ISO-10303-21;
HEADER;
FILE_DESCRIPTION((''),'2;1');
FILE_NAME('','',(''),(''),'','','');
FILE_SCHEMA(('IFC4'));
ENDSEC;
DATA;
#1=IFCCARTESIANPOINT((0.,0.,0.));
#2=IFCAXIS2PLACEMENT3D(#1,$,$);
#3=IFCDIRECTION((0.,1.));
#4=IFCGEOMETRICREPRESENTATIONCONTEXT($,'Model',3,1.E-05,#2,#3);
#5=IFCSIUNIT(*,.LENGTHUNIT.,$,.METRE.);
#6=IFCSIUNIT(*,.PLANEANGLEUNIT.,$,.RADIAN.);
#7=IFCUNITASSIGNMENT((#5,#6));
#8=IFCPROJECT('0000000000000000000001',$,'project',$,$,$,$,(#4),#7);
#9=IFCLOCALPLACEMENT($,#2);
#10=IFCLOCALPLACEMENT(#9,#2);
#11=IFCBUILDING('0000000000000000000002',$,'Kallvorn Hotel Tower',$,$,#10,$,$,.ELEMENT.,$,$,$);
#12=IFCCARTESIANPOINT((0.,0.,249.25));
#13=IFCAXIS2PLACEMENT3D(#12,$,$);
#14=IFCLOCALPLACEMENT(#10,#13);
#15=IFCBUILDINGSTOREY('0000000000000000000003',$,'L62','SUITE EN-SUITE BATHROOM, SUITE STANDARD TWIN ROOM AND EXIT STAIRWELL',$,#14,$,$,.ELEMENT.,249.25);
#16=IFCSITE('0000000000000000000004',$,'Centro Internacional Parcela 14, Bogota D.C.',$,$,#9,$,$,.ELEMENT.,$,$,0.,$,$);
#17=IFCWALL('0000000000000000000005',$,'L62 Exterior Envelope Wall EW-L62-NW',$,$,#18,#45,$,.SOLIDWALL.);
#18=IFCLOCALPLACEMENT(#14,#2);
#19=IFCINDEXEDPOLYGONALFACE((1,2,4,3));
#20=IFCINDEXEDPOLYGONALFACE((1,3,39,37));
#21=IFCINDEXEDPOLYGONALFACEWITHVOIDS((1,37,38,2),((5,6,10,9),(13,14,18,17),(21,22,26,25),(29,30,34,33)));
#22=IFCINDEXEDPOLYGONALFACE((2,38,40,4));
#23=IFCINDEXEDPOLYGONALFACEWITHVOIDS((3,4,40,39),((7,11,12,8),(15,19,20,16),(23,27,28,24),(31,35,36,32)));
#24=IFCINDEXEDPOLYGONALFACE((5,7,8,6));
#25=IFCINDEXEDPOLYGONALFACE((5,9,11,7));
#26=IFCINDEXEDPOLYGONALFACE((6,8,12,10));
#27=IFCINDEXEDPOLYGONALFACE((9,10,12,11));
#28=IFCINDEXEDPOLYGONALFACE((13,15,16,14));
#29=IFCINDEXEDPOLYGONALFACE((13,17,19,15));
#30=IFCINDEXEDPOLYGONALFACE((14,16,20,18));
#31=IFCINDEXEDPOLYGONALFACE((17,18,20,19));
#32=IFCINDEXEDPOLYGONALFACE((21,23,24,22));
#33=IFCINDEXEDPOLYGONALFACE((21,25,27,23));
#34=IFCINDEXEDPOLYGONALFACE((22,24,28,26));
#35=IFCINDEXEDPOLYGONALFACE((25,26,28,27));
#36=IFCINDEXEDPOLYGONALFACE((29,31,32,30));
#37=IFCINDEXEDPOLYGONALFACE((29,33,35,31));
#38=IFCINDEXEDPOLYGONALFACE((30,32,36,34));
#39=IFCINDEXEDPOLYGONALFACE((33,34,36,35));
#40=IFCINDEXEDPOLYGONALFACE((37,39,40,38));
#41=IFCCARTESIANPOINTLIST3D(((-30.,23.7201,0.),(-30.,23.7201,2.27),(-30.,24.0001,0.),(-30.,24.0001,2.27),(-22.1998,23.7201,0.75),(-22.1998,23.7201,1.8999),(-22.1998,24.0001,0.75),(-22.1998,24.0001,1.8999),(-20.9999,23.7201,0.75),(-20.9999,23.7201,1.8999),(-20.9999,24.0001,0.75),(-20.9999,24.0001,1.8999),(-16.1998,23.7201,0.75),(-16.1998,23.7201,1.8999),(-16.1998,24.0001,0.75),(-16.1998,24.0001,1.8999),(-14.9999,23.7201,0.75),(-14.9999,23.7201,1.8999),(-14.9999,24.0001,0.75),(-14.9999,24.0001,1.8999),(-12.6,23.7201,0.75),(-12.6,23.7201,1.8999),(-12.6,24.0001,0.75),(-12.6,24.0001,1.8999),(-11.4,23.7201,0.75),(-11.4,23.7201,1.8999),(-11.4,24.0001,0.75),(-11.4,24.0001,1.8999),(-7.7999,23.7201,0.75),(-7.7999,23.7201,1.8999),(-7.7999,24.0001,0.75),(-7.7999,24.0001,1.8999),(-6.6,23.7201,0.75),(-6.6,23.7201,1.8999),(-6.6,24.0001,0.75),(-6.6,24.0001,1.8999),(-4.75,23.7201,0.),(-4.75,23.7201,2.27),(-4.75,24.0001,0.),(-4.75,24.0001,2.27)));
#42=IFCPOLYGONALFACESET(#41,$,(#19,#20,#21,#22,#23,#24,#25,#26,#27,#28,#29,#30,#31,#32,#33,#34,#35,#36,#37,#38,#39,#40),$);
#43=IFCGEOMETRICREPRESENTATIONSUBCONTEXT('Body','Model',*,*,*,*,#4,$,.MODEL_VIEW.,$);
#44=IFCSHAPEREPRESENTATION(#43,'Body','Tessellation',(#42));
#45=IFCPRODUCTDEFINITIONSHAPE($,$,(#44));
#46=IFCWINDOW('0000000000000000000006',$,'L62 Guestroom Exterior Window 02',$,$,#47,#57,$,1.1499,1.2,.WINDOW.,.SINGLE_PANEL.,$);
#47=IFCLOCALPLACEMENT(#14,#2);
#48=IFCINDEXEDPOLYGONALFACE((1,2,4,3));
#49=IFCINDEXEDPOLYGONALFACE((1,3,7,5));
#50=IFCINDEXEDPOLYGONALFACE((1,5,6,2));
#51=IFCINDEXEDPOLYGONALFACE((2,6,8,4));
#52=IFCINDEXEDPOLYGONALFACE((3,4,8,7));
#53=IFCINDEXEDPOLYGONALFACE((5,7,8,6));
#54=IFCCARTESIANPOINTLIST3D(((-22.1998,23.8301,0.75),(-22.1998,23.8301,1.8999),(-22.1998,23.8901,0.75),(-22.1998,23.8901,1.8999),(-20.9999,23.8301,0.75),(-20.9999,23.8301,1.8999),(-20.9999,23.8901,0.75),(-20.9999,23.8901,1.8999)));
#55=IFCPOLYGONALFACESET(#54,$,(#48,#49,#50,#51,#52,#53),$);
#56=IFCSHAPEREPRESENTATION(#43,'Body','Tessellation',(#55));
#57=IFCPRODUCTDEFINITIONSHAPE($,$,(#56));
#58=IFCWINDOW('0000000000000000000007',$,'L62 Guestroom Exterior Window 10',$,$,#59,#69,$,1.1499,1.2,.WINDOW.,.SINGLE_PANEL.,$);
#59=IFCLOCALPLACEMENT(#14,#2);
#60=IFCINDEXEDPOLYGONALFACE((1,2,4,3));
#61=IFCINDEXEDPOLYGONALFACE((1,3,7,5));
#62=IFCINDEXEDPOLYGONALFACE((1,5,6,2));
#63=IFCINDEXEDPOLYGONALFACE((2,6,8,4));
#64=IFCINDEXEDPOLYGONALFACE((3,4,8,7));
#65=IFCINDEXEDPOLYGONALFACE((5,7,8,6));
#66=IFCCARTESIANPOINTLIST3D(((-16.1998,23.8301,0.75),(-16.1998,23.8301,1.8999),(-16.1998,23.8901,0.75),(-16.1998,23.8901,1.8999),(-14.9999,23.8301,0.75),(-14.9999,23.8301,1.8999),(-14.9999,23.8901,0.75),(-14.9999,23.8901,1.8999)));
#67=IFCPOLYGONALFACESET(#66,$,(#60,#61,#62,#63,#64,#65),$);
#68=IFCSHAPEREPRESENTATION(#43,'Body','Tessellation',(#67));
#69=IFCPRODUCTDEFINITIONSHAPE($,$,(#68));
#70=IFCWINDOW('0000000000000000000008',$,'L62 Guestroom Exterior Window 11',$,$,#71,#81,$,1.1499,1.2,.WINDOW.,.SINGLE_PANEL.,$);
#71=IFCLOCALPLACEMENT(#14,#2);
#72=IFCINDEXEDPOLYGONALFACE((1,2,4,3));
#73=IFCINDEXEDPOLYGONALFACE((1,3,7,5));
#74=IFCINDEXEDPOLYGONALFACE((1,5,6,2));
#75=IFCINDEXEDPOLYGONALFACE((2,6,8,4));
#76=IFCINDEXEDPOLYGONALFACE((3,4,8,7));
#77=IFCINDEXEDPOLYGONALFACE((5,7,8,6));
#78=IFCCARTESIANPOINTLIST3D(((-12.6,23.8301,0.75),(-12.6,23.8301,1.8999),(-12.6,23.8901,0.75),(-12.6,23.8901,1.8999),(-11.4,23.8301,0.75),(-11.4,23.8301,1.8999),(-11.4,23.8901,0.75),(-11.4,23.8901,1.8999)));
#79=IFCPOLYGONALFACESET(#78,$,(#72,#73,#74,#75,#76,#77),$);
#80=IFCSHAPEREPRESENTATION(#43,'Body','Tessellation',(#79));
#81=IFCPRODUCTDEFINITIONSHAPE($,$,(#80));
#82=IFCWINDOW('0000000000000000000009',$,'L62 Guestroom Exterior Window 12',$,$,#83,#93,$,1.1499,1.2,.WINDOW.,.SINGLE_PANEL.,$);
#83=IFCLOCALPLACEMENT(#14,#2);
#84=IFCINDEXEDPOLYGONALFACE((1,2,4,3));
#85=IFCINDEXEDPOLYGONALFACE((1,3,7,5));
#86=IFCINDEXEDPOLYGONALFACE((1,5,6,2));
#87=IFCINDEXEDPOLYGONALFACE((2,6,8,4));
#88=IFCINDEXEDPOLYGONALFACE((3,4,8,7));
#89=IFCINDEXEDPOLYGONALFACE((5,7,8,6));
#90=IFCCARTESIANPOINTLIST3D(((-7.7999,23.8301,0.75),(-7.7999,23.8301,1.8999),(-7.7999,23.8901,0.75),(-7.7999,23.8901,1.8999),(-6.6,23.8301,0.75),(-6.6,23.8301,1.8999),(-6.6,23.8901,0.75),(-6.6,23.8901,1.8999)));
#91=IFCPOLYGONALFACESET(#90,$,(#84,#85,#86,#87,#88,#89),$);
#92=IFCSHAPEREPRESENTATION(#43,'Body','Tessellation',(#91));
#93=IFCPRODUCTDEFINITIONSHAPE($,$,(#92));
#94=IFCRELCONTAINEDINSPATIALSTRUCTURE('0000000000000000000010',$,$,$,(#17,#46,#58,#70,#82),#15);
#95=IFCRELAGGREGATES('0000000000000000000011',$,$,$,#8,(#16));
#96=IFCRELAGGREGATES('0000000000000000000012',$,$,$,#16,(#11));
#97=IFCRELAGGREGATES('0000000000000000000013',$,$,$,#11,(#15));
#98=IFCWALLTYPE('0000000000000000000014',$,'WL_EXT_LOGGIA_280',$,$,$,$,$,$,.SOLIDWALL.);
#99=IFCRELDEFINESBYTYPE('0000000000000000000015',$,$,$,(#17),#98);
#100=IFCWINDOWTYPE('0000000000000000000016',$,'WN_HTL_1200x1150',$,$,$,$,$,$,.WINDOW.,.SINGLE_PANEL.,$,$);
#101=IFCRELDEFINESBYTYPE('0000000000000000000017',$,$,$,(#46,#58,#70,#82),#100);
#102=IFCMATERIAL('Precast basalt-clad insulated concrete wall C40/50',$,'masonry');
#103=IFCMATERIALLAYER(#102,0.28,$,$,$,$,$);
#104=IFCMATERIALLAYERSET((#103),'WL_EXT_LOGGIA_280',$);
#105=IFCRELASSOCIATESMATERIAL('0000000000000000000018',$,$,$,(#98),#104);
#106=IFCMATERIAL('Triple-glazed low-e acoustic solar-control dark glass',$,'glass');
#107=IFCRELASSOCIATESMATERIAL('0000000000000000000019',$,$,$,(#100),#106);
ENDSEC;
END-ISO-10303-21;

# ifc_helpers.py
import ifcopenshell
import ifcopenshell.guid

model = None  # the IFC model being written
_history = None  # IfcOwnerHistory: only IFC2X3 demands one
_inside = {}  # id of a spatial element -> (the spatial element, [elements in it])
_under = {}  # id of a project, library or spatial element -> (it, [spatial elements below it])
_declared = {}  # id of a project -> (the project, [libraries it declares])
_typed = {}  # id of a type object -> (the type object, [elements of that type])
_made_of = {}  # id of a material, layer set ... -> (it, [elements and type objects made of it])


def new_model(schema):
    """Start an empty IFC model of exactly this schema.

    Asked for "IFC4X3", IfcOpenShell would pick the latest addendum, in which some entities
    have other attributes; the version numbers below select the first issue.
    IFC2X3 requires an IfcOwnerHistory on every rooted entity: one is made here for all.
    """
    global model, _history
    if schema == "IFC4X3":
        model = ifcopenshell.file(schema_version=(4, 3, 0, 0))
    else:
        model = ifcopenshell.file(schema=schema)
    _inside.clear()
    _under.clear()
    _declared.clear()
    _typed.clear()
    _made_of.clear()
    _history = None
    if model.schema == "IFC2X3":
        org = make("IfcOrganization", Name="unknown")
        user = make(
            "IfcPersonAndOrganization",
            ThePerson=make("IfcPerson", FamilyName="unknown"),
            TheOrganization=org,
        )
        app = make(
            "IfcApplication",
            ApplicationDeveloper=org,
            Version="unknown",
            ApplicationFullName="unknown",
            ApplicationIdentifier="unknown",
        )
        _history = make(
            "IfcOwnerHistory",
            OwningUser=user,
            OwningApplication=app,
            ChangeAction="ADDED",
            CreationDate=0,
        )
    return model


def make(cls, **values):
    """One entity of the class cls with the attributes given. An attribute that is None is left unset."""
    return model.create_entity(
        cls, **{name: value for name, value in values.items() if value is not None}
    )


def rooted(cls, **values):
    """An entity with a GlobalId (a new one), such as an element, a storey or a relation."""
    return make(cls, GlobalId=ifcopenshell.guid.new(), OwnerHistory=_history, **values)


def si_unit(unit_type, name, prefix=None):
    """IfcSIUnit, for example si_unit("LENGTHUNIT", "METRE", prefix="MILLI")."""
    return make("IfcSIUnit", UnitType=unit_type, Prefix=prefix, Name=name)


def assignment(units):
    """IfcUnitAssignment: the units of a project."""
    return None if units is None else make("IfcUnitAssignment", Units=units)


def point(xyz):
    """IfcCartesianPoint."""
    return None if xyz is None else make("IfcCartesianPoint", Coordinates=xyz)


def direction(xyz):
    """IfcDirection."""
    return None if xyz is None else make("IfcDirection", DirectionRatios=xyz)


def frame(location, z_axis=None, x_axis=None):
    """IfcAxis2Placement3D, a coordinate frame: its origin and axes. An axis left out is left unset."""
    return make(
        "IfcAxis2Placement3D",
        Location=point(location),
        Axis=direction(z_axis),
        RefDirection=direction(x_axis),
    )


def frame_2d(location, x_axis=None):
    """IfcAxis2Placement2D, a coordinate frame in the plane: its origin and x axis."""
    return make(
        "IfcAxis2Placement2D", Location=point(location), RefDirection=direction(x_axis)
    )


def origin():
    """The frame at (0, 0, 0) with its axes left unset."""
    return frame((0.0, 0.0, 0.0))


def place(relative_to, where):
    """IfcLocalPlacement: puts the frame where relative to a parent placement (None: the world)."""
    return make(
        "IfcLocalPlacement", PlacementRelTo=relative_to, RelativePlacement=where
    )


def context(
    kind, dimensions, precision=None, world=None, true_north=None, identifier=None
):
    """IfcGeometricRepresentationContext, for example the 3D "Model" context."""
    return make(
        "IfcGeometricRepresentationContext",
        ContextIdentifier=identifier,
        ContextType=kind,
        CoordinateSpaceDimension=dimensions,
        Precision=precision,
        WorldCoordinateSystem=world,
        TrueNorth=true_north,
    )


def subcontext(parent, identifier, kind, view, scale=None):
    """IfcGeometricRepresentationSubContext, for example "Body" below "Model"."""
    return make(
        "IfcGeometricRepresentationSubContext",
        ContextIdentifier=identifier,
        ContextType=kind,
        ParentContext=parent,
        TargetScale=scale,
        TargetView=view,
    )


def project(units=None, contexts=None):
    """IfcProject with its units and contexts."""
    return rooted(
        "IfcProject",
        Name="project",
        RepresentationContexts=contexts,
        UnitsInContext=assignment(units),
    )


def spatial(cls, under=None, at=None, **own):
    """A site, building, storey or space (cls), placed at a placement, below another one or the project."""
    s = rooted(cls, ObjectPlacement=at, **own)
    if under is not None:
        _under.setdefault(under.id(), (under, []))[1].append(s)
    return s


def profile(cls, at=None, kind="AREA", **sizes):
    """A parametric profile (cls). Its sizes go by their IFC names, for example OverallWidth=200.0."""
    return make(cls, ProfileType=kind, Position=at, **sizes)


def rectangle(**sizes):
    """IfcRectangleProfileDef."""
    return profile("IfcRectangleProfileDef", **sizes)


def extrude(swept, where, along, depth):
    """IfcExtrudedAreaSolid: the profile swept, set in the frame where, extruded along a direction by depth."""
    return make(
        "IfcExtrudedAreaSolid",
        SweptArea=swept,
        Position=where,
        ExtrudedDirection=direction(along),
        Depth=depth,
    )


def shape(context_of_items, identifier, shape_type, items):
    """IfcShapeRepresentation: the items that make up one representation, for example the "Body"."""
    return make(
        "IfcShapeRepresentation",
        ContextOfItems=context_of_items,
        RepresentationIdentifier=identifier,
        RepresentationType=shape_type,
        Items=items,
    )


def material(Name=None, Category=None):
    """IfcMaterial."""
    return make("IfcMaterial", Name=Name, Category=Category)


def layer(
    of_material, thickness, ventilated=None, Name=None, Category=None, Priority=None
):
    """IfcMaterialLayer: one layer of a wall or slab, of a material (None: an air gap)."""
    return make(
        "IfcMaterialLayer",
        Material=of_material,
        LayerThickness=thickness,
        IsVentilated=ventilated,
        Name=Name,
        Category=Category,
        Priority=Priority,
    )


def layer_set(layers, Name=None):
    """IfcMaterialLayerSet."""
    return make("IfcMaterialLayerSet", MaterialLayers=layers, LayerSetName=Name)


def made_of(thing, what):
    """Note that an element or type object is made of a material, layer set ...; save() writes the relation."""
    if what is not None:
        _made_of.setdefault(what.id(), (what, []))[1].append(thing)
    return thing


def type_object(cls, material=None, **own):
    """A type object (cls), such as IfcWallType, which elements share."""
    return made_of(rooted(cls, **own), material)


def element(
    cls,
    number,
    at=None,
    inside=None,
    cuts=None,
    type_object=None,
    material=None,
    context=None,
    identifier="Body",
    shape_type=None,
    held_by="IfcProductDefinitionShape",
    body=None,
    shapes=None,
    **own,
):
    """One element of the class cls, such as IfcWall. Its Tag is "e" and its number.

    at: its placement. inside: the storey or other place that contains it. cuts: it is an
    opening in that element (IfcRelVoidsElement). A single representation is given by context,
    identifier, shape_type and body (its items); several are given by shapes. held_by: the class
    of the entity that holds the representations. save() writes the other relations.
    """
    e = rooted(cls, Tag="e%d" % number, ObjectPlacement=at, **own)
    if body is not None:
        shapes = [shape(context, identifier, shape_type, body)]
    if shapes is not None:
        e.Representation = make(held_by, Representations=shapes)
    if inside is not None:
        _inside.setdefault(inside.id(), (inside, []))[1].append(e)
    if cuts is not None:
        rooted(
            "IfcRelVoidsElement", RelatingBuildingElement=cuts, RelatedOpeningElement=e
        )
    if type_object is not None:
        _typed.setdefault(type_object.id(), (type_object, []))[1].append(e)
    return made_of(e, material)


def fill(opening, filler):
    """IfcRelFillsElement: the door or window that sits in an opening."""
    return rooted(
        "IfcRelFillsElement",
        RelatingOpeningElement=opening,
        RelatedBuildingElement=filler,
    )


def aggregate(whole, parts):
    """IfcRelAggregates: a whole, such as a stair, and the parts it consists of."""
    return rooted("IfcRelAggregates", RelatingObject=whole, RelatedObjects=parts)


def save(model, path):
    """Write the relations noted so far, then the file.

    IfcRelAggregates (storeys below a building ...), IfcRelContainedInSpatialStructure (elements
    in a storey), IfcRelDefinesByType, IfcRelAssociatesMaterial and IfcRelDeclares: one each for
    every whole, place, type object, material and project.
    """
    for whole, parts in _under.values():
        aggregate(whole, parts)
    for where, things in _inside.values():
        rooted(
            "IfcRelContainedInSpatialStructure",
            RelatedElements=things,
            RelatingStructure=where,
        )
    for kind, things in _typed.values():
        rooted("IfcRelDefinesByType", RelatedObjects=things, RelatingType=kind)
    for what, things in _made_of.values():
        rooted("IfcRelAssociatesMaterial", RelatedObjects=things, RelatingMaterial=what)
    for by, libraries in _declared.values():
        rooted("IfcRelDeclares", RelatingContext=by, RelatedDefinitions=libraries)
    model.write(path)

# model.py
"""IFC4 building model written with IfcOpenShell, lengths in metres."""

from ifc_helpers import new_model, si_unit, direction, frame, frame_2d, origin, place, context, subcontext, project, spatial, rectangle, extrude, material, layer, layer_set, type_object, element, fill, save


model = new_model("IFC4")

# Units and contexts
model_context = context("Model", 3, precision=1e-05, world=origin(), true_north=direction((0.0, 1.0)))
body_context = subcontext(model_context, "Body", "Model", "MODEL_VIEW")
ifc_project = project(units=[si_unit("LENGTHUNIT", "METRE"), si_unit("PLANEANGLEUNIT", "RADIAN")], contexts=[model_context])

# Site, building, storey
site_placement = place(None, origin())
site = spatial("IfcSite", under=ifc_project, at=site_placement, Name="Centro Internacional Parcela 14, Bogota D.C.", CompositionType="ELEMENT", RefElevation=0.0)
building_placement = place(site_placement, origin())
building = spatial("IfcBuilding", under=site, at=building_placement, Name="Kallvorn Hotel Tower", CompositionType="ELEMENT")
storey_placement = place(building_placement, frame((0.0, 0.0, 249.25)))
storey = spatial("IfcBuildingStorey", under=building, at=storey_placement, Name="L62", Description="SUITE EN-SUITE BATHROOM, SUITE STANDARD TWIN ROOM AND EXIT STAIRWELL", CompositionType="ELEMENT", Elevation=249.25)

# Shared definitions
ifc_material_1 = material(Name="Precast basalt-clad insulated concrete wall C40/50", Category="masonry")
ifc_layer_1 = layer(ifc_material_1, 0.28)
ifc_layer_set_1 = layer_set([ifc_layer_1], Name="WL_EXT_LOGGIA_280")
wall_type = type_object("IfcWallType", Name="WL_EXT_LOGGIA_280", PredefinedType="SOLIDWALL", material=ifc_layer_set_1)

# Wall, openings, windows
wall_1_placement = place(storey_placement, frame((-30.0, 23.8601, 0.0), z_axis=(0.0, 0.0, 1.0), x_axis=(1.0, 0.0, 0.0)))
wall_1 = element("IfcWall", 1, at=wall_1_placement, inside=storey, type_object=wall_type, Name="L62 Exterior Envelope Wall EW-L62-NW", PredefinedType="SOLIDWALL", context=body_context, shape_type="SweptSolid", body=[
    extrude(rectangle(XDim=25.25, YDim=0.28, at=frame_2d((12.625, 0.0))), origin(), (0.0, 0.0, 1.0), 2.27),
])
opening_1_placement = place(wall_1_placement, frame((7.8, 0.0, 0.75)))
opening_1 = element("IfcOpeningElement", 2, at=opening_1_placement, cuts=wall_1, PredefinedType="OPENING", context=body_context, shape_type="SweptSolid", body=[
    extrude(rectangle(XDim=1.2, YDim=1.1499, at=frame_2d((0.6001, 0.575))), frame((0.0, 0.155, 0.0), z_axis=(0.0, -1.0, 0.0), x_axis=(1.0, 0.0, 0.0)), (0.0, 0.0, 1.0), 0.3101),
])
opening_2_placement = place(wall_1_placement, frame((13.8, 0.0, 0.75)))
opening_2 = element("IfcOpeningElement", 3, at=opening_2_placement, cuts=wall_1, PredefinedType="OPENING", context=body_context, shape_type="SweptSolid", body=[
    extrude(rectangle(XDim=1.2, YDim=1.1499, at=frame_2d((0.6001, 0.575))), frame((0.0, 0.155, 0.0), z_axis=(0.0, -1.0, 0.0), x_axis=(1.0, 0.0, 0.0)), (0.0, 0.0, 1.0), 0.3101),
])
opening_3_placement = place(wall_1_placement, frame((17.3999, 0.0, 0.75)))
opening_3 = element("IfcOpeningElement", 4, at=opening_3_placement, cuts=wall_1, PredefinedType="OPENING", context=body_context, shape_type="SweptSolid", body=[
    extrude(rectangle(XDim=1.2, YDim=1.1499, at=frame_2d((0.6001, 0.575))), frame((0.0, 0.155, 0.0), z_axis=(0.0, -1.0, 0.0), x_axis=(1.0, 0.0, 0.0)), (0.0, 0.0, 1.0), 0.3101),
])
opening_4_placement = place(wall_1_placement, frame((22.2, 0.0, 0.75)))
opening_4 = element("IfcOpeningElement", 5, at=opening_4_placement, cuts=wall_1, PredefinedType="OPENING", context=body_context, shape_type="SweptSolid", body=[
    extrude(rectangle(XDim=1.2, YDim=1.1499, at=frame_2d((0.6001, 0.575))), frame((0.0, 0.155, 0.0), z_axis=(0.0, -1.0, 0.0), x_axis=(1.0, 0.0, 0.0)), (0.0, 0.0, 1.0), 0.3101),
])
ifc_material_2 = material(Name="Triple-glazed low-e acoustic solar-control dark glass", Category="glass")
window_type = type_object("IfcWindowType", Name="WN_HTL_1200x1150", PartitioningType="SINGLE_PANEL", PredefinedType="WINDOW", material=ifc_material_2)
window_1_placement = place(opening_1_placement, origin())
window_1 = element("IfcWindow", 6, at=window_1_placement, inside=storey, type_object=window_type, Name="L62 Guestroom Exterior Window 02", OverallHeight=1.1499, OverallWidth=1.2, PartitioningType="SINGLE_PANEL", PredefinedType="WINDOW", context=body_context, shape_type="SweptSolid", body=[
    extrude(rectangle(XDim=1.2, YDim=1.1499, at=frame_2d((0.6001, 0.575))), frame((0.0, 0.03, 0.0), z_axis=(0.0, -1.0, 0.0), x_axis=(1.0, 0.0, 0.0)), (0.0, 0.0, 1.0), 0.0601),
])
fill(opening_1, window_1)
window_2_placement = place(opening_2_placement, origin())
window_2 = element("IfcWindow", 7, at=window_2_placement, inside=storey, type_object=window_type, Name="L62 Guestroom Exterior Window 10", OverallHeight=1.1499, OverallWidth=1.2, PartitioningType="SINGLE_PANEL", PredefinedType="WINDOW", context=body_context, shape_type="SweptSolid", body=[
    extrude(rectangle(XDim=1.2, YDim=1.1499, at=frame_2d((0.6001, 0.575))), frame((0.0, 0.03, 0.0), z_axis=(0.0, -1.0, 0.0), x_axis=(1.0, 0.0, 0.0)), (0.0, 0.0, 1.0), 0.0601),
])
fill(opening_2, window_2)
window_3_placement = place(opening_3_placement, origin())
window_3 = element("IfcWindow", 8, at=window_3_placement, inside=storey, type_object=window_type, Name="L62 Guestroom Exterior Window 11", OverallHeight=1.1499, OverallWidth=1.2, PartitioningType="SINGLE_PANEL", PredefinedType="WINDOW", context=body_context, shape_type="SweptSolid", body=[
    extrude(rectangle(XDim=1.2, YDim=1.1499, at=frame_2d((0.6001, 0.575))), frame((0.0, 0.03, 0.0), z_axis=(0.0, -1.0, 0.0), x_axis=(1.0, 0.0, 0.0)), (0.0, 0.0, 1.0), 0.0601),
])
fill(opening_3, window_3)
window_4_placement = place(opening_4_placement, origin())
window_4 = element("IfcWindow", 9, at=window_4_placement, inside=storey, type_object=window_type, Name="L62 Guestroom Exterior Window 12", OverallHeight=1.1499, OverallWidth=1.2, PartitioningType="SINGLE_PANEL", PredefinedType="WINDOW", context=body_context, shape_type="SweptSolid", body=[
    extrude(rectangle(XDim=1.2, YDim=1.1499, at=frame_2d((0.6001, 0.575))), frame((0.0, 0.03, 0.0), z_axis=(0.0, -1.0, 0.0), x_axis=(1.0, 0.0, 0.0)), (0.0, 0.0, 1.0), 0.0601),
])
fill(opening_4, window_4)

save(model, "model.ifc")
